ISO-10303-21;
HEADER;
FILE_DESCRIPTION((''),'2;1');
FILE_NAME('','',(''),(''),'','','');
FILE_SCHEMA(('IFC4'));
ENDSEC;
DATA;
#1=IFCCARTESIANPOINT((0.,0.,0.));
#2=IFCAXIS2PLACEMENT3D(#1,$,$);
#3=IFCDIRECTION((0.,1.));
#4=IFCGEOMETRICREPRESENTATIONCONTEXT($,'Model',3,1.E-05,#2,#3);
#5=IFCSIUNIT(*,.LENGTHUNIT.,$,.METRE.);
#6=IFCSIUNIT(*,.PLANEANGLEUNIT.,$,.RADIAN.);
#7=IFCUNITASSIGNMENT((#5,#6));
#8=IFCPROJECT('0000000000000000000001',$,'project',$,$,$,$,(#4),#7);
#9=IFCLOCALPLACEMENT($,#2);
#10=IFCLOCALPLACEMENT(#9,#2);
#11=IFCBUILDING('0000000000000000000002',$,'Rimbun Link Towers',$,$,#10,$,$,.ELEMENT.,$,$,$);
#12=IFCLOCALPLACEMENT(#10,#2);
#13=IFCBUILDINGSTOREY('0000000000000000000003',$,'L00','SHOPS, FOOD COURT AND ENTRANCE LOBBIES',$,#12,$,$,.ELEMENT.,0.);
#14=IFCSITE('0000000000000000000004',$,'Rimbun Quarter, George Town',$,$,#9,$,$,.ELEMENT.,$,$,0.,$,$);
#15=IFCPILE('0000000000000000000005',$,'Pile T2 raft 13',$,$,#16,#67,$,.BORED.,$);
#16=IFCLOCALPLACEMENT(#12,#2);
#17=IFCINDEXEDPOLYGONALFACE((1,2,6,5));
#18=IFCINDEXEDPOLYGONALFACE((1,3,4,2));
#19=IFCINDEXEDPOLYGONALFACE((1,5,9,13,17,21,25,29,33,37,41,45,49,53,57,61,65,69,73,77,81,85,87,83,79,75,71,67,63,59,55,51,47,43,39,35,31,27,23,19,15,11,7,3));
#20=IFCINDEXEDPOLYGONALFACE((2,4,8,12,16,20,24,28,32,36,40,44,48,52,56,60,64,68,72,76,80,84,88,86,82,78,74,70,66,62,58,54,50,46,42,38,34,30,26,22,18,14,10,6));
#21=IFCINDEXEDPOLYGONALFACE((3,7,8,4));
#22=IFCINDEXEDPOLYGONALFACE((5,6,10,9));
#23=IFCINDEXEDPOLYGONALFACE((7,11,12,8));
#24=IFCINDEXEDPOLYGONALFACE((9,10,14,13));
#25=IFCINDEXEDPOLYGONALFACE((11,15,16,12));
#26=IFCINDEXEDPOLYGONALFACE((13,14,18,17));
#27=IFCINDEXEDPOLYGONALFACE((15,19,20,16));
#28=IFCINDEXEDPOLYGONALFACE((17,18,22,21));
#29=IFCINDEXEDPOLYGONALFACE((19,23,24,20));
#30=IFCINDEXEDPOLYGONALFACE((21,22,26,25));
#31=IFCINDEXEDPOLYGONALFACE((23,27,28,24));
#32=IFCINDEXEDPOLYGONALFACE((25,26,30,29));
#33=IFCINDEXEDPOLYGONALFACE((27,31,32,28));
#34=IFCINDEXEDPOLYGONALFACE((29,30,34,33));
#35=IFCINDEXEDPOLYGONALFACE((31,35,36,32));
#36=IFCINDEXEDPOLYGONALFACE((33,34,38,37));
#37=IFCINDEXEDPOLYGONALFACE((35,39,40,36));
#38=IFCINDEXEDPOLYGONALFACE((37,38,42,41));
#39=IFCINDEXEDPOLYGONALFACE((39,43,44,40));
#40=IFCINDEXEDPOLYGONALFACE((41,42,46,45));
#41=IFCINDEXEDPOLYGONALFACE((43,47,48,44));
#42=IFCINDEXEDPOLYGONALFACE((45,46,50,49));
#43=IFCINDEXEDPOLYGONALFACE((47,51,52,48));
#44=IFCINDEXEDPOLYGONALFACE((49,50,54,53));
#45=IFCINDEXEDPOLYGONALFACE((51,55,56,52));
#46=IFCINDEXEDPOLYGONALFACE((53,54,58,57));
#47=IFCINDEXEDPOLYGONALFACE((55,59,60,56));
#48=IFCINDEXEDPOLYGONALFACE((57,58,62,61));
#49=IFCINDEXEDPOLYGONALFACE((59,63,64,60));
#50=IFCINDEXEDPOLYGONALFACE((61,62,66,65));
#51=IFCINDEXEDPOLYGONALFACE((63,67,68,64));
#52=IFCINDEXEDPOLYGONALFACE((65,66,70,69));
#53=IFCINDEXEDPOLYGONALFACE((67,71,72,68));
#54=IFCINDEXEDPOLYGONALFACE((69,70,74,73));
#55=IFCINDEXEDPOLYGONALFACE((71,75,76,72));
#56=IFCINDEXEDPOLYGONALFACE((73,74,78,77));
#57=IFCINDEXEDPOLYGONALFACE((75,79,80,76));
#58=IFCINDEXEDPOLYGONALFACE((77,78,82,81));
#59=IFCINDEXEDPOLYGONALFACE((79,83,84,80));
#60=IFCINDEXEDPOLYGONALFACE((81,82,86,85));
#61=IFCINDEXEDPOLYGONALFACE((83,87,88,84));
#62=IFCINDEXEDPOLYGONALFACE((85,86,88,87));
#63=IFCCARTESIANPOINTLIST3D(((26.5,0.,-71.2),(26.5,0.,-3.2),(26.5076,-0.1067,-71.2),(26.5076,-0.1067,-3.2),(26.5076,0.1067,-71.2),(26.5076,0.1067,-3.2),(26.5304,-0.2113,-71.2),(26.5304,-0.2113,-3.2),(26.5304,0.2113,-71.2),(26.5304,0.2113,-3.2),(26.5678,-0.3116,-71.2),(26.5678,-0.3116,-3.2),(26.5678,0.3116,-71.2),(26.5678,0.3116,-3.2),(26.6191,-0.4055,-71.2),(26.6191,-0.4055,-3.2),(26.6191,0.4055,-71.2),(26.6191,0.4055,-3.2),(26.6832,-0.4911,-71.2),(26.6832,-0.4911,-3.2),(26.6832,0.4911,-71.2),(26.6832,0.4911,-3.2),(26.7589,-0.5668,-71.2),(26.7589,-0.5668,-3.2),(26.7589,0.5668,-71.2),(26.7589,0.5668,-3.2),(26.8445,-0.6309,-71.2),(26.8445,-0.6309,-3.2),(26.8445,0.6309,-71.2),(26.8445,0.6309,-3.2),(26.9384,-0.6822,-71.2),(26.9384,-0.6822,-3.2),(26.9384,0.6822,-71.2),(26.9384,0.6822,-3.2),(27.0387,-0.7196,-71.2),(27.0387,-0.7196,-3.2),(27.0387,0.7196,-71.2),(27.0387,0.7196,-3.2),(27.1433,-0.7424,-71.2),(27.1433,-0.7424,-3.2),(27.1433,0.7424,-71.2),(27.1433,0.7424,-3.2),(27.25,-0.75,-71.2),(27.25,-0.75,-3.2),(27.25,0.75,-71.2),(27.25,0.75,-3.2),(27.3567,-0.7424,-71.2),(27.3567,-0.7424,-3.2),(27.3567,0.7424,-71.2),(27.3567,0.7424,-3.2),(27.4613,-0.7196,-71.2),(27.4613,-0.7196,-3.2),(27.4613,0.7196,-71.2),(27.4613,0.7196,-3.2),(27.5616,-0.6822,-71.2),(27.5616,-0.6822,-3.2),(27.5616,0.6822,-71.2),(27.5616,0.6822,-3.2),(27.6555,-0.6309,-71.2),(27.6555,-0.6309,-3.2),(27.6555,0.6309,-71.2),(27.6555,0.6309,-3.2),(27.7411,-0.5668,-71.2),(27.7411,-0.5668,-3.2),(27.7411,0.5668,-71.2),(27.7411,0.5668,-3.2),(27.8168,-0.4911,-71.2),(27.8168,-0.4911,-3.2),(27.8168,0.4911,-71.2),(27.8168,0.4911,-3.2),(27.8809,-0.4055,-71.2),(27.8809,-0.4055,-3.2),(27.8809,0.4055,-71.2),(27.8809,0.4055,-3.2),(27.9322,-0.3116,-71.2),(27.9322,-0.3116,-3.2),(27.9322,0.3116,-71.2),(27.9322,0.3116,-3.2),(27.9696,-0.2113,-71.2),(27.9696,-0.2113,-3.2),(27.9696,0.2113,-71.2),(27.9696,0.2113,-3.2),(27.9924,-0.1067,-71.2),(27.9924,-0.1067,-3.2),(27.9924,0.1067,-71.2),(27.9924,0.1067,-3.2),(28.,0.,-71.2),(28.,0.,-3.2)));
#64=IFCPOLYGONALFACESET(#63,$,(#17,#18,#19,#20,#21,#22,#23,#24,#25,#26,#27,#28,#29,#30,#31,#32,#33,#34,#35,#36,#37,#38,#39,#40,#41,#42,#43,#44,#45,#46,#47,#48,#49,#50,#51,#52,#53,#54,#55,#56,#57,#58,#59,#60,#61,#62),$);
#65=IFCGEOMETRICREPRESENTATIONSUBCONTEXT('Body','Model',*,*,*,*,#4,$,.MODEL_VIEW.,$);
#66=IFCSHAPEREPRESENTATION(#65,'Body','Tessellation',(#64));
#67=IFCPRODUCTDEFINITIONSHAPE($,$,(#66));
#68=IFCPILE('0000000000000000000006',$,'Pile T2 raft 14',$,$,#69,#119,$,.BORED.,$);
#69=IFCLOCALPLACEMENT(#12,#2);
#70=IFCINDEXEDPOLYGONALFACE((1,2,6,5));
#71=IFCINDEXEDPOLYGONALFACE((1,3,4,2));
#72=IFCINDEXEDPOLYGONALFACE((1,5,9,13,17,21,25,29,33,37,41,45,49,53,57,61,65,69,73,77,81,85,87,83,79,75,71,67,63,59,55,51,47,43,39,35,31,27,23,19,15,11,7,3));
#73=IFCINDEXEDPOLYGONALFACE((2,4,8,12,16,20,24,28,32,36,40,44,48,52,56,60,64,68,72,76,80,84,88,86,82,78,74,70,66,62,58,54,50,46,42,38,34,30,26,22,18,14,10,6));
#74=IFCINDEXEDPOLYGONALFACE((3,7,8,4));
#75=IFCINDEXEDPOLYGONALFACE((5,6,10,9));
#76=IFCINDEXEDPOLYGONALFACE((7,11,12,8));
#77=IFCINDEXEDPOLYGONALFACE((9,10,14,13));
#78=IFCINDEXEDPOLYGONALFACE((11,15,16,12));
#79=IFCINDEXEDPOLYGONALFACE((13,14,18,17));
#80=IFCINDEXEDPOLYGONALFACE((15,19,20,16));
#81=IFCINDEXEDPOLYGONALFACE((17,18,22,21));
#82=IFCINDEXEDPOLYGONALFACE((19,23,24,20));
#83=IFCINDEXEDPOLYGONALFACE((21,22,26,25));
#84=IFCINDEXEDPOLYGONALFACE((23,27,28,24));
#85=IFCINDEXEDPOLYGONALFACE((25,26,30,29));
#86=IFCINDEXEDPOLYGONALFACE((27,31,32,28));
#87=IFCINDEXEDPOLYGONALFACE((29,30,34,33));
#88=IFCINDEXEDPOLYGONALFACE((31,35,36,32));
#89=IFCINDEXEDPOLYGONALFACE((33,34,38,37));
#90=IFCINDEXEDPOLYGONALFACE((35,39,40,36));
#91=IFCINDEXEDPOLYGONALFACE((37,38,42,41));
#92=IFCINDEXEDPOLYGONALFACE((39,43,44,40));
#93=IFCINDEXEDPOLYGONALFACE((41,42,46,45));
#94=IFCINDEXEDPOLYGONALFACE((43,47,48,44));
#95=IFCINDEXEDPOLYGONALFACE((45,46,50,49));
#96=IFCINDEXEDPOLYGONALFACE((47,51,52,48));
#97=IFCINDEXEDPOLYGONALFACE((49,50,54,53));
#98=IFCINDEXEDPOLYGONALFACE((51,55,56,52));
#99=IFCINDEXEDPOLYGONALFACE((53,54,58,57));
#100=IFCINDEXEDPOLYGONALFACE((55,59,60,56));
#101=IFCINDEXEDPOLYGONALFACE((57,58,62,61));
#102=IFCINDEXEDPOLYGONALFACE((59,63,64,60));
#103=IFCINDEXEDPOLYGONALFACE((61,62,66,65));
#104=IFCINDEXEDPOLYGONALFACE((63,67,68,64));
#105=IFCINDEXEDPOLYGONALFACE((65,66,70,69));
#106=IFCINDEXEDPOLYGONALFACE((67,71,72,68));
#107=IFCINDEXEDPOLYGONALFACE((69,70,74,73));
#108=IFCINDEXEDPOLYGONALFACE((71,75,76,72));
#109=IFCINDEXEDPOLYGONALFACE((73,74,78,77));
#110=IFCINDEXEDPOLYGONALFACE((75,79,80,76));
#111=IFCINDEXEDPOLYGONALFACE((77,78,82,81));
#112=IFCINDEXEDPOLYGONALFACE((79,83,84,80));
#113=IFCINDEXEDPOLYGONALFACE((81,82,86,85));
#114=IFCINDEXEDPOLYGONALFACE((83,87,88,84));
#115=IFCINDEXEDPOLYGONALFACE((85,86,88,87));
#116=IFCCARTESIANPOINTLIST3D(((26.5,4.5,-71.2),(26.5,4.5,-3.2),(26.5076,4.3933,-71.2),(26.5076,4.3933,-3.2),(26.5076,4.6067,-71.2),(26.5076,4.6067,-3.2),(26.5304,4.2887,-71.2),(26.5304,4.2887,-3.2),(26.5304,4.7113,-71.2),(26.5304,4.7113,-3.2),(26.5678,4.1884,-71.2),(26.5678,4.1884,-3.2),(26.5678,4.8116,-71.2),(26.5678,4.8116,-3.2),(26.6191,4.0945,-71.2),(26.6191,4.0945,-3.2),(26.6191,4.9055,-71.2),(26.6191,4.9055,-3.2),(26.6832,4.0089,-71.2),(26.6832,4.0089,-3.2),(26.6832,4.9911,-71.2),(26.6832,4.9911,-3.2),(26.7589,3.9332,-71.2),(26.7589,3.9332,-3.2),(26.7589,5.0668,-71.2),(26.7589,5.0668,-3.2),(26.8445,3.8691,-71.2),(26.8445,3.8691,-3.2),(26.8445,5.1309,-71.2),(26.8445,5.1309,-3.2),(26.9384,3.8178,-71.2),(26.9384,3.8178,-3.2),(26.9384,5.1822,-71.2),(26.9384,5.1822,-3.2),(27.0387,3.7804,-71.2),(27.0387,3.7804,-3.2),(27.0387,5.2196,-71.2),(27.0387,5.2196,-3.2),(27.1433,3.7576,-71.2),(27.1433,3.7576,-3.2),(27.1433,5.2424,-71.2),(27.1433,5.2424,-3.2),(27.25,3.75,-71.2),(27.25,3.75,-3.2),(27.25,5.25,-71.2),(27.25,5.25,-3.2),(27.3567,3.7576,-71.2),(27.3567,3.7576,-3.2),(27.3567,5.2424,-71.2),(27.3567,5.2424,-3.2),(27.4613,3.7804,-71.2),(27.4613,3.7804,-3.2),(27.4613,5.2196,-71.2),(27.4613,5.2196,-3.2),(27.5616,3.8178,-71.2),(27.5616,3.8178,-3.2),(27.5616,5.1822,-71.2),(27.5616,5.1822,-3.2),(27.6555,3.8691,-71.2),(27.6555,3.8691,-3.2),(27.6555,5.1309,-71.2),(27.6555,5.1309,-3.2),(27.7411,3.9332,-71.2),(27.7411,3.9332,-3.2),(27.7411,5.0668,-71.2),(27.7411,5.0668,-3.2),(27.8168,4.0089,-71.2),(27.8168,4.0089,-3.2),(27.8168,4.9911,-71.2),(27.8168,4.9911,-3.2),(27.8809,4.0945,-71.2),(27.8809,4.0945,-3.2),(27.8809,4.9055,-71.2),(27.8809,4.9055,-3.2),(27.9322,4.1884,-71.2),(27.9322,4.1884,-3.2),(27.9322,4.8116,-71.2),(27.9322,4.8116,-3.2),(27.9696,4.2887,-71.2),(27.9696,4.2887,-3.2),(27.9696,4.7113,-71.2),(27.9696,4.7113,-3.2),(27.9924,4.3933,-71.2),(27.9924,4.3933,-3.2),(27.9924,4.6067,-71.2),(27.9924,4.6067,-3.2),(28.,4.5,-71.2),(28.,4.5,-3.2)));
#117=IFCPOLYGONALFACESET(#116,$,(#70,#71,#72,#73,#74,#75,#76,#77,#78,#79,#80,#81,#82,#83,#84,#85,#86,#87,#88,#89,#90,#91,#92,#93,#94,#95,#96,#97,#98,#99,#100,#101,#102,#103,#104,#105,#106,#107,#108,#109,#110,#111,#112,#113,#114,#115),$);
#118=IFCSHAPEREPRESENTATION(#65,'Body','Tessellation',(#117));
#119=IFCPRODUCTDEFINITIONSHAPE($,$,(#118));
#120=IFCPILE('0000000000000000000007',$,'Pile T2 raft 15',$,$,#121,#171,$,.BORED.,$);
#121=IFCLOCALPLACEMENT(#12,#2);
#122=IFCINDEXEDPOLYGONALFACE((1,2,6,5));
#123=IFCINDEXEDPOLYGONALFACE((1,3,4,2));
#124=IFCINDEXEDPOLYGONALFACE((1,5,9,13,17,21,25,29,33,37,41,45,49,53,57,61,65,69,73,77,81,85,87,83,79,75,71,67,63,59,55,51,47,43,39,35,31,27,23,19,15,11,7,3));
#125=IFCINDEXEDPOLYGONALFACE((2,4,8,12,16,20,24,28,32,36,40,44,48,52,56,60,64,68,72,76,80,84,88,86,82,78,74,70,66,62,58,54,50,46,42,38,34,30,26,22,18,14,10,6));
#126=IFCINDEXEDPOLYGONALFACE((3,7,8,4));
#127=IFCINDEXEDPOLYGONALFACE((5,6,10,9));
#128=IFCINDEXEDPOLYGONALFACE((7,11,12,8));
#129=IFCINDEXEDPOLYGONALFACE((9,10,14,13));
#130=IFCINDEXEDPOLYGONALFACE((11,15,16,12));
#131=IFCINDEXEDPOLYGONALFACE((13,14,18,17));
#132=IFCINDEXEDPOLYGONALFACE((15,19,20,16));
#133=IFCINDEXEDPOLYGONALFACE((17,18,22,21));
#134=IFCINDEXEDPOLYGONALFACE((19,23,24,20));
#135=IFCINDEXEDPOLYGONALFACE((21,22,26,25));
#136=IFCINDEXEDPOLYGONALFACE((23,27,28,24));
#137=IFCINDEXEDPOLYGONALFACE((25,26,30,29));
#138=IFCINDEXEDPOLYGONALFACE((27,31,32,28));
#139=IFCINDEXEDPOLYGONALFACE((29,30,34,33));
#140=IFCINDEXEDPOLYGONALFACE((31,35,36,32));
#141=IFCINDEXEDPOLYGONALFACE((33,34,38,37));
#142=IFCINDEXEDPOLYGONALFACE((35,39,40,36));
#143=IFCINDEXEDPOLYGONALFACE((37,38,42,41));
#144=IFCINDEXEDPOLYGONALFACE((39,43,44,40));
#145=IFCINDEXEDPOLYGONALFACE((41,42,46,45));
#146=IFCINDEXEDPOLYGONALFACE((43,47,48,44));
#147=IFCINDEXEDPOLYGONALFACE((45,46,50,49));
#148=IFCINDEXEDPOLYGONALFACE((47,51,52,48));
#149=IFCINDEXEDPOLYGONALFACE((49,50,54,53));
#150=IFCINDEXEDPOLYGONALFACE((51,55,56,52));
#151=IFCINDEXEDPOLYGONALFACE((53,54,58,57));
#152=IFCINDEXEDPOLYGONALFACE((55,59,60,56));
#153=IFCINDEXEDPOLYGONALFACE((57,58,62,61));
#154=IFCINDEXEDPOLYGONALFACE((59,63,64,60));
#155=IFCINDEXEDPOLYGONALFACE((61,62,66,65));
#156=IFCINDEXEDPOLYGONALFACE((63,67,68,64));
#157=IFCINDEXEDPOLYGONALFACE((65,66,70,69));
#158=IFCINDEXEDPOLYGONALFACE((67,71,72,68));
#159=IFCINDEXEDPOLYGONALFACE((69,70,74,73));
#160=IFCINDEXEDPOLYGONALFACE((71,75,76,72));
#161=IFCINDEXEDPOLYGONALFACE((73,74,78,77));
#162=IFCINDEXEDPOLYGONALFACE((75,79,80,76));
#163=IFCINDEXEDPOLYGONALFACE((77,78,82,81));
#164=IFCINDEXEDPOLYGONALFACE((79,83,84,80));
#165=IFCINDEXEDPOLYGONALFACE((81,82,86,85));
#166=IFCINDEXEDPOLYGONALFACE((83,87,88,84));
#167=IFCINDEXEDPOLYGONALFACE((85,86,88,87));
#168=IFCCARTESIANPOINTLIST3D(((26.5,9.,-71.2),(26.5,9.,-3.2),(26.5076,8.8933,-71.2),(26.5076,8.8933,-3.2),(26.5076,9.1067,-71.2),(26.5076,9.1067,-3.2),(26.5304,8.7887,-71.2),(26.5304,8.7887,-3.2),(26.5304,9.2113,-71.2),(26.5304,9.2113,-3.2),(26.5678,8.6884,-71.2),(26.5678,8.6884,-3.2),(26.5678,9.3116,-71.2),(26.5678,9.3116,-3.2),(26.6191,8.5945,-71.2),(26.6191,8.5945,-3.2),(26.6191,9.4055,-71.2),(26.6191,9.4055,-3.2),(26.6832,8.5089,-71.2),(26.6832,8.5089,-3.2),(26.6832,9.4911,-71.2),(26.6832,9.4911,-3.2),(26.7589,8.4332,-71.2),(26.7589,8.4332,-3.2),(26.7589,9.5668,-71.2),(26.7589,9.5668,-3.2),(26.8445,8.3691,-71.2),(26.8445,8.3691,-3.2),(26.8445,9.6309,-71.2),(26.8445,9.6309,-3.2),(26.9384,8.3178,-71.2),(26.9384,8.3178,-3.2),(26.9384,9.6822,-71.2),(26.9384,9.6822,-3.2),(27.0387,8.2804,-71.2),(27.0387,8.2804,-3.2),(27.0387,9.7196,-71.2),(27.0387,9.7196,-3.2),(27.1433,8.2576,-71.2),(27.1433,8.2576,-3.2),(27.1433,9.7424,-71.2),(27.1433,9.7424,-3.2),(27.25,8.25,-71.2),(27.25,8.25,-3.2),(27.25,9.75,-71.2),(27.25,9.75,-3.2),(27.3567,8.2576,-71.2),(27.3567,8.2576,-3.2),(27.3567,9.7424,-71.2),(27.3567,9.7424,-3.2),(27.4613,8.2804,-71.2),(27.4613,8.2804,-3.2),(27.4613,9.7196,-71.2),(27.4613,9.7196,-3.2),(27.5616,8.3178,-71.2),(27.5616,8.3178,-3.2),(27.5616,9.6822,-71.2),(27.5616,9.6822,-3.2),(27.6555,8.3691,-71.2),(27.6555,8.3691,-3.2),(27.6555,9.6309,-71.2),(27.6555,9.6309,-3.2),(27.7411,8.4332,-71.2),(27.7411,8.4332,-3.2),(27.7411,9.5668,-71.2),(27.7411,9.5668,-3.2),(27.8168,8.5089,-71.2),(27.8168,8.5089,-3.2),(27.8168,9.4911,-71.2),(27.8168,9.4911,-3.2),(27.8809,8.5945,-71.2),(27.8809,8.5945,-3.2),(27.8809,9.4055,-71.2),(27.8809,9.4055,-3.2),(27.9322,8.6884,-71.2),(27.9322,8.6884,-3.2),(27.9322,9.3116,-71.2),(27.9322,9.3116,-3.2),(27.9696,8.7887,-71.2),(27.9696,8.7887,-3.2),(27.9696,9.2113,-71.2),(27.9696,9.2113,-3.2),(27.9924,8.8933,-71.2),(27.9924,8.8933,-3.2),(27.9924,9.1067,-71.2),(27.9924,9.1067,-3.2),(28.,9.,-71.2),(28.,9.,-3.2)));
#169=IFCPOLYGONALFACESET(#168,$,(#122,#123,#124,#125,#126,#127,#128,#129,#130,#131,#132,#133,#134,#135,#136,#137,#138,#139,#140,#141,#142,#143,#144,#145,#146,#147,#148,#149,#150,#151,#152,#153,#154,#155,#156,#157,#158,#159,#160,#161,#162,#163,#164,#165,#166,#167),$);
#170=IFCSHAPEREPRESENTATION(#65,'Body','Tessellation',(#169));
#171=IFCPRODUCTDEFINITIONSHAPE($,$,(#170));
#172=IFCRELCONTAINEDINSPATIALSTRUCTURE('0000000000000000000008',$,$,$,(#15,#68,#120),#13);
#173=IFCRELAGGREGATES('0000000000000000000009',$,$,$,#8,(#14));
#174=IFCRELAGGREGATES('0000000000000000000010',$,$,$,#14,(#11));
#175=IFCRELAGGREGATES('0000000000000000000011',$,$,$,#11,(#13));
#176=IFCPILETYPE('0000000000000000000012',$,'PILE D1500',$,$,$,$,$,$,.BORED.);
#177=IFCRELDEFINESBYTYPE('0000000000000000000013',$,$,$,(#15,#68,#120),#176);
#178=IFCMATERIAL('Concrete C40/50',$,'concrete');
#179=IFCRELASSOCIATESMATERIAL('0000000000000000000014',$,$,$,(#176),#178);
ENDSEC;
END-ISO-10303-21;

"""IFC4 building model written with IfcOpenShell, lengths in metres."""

from ifc_helpers import new_model, si_unit, direction, frame, origin, origin_2d, place, context, subcontext, project, spatial, circle, extrude, material, material_profile, profile_set, type_object, element, save


model = new_model("IFC4")

# Units and contexts
model_context = context("Model", 3, precision=1e-05, world=origin(), true_north=direction((0.0, 1.0)))
body_context = subcontext(model_context, "Body", "Model", "MODEL_VIEW")
ifc_project = project(units=[si_unit("LENGTHUNIT", "METRE"), si_unit("PLANEANGLEUNIT", "RADIAN")], contexts=[model_context])

# Site, building, storey
site_placement = place(None, origin())
site = spatial("IfcSite", under=ifc_project, at=site_placement, Name="Rimbun Quarter, George Town", CompositionType="ELEMENT", RefElevation=0.0)
building_placement = place(site_placement, origin())
building = spatial("IfcBuilding", under=site, at=building_placement, Name="Rimbun Link Towers", CompositionType="ELEMENT")
storey_placement = place(building_placement, origin())
storey = spatial("IfcBuildingStorey", under=building, at=storey_placement, Name="L00", Description="SHOPS, FOOD COURT AND ENTRANCE LOBBIES", CompositionType="ELEMENT", Elevation=0.0)

# Piles
ifc_material_1 = material(Name="Concrete C40/50", Category="concrete")
ifc_material_profile_1 = material_profile(ifc_material_1, circle(Radius=0.75, at=origin_2d()), Name="PILE D1500")
ifc_profile_set_1 = profile_set([ifc_material_profile_1], Name="Concrete C40/50")
pile_type = type_object("IfcPileType", Name="PILE D1500", PredefinedType="BORED", material=ifc_profile_set_1)
for number, where, z_axis, x_axis, name in (
    (1, (27.25, 0.0, -3.2), (0.0, 0.0, -1.0), (1.0, 0.0, 0.0), "Pile T2 raft 13"),
    (2, (27.25, 4.5, -3.2), (0.0, 0.0, -1.0), (1.0, 0.0, 0.0), "Pile T2 raft 14"),
    (3, (27.25, 9.0, -3.2), (0.0, 0.0, -1.0), (1.0, 0.0, 0.0), "Pile T2 raft 15"),
):
    element("IfcPile", number, at=place(storey_placement, frame(where, z_axis=z_axis, x_axis=x_axis)), inside=storey, type_object=pile_type, Name=name, PredefinedType="BORED", context=body_context, shape_type="SweptSolid", body=[
        extrude(circle(Radius=0.75, at=origin_2d()), origin(), (0.0, 0.0, 1.0), 68.0),
    ])

save(model, "model.ifc")
